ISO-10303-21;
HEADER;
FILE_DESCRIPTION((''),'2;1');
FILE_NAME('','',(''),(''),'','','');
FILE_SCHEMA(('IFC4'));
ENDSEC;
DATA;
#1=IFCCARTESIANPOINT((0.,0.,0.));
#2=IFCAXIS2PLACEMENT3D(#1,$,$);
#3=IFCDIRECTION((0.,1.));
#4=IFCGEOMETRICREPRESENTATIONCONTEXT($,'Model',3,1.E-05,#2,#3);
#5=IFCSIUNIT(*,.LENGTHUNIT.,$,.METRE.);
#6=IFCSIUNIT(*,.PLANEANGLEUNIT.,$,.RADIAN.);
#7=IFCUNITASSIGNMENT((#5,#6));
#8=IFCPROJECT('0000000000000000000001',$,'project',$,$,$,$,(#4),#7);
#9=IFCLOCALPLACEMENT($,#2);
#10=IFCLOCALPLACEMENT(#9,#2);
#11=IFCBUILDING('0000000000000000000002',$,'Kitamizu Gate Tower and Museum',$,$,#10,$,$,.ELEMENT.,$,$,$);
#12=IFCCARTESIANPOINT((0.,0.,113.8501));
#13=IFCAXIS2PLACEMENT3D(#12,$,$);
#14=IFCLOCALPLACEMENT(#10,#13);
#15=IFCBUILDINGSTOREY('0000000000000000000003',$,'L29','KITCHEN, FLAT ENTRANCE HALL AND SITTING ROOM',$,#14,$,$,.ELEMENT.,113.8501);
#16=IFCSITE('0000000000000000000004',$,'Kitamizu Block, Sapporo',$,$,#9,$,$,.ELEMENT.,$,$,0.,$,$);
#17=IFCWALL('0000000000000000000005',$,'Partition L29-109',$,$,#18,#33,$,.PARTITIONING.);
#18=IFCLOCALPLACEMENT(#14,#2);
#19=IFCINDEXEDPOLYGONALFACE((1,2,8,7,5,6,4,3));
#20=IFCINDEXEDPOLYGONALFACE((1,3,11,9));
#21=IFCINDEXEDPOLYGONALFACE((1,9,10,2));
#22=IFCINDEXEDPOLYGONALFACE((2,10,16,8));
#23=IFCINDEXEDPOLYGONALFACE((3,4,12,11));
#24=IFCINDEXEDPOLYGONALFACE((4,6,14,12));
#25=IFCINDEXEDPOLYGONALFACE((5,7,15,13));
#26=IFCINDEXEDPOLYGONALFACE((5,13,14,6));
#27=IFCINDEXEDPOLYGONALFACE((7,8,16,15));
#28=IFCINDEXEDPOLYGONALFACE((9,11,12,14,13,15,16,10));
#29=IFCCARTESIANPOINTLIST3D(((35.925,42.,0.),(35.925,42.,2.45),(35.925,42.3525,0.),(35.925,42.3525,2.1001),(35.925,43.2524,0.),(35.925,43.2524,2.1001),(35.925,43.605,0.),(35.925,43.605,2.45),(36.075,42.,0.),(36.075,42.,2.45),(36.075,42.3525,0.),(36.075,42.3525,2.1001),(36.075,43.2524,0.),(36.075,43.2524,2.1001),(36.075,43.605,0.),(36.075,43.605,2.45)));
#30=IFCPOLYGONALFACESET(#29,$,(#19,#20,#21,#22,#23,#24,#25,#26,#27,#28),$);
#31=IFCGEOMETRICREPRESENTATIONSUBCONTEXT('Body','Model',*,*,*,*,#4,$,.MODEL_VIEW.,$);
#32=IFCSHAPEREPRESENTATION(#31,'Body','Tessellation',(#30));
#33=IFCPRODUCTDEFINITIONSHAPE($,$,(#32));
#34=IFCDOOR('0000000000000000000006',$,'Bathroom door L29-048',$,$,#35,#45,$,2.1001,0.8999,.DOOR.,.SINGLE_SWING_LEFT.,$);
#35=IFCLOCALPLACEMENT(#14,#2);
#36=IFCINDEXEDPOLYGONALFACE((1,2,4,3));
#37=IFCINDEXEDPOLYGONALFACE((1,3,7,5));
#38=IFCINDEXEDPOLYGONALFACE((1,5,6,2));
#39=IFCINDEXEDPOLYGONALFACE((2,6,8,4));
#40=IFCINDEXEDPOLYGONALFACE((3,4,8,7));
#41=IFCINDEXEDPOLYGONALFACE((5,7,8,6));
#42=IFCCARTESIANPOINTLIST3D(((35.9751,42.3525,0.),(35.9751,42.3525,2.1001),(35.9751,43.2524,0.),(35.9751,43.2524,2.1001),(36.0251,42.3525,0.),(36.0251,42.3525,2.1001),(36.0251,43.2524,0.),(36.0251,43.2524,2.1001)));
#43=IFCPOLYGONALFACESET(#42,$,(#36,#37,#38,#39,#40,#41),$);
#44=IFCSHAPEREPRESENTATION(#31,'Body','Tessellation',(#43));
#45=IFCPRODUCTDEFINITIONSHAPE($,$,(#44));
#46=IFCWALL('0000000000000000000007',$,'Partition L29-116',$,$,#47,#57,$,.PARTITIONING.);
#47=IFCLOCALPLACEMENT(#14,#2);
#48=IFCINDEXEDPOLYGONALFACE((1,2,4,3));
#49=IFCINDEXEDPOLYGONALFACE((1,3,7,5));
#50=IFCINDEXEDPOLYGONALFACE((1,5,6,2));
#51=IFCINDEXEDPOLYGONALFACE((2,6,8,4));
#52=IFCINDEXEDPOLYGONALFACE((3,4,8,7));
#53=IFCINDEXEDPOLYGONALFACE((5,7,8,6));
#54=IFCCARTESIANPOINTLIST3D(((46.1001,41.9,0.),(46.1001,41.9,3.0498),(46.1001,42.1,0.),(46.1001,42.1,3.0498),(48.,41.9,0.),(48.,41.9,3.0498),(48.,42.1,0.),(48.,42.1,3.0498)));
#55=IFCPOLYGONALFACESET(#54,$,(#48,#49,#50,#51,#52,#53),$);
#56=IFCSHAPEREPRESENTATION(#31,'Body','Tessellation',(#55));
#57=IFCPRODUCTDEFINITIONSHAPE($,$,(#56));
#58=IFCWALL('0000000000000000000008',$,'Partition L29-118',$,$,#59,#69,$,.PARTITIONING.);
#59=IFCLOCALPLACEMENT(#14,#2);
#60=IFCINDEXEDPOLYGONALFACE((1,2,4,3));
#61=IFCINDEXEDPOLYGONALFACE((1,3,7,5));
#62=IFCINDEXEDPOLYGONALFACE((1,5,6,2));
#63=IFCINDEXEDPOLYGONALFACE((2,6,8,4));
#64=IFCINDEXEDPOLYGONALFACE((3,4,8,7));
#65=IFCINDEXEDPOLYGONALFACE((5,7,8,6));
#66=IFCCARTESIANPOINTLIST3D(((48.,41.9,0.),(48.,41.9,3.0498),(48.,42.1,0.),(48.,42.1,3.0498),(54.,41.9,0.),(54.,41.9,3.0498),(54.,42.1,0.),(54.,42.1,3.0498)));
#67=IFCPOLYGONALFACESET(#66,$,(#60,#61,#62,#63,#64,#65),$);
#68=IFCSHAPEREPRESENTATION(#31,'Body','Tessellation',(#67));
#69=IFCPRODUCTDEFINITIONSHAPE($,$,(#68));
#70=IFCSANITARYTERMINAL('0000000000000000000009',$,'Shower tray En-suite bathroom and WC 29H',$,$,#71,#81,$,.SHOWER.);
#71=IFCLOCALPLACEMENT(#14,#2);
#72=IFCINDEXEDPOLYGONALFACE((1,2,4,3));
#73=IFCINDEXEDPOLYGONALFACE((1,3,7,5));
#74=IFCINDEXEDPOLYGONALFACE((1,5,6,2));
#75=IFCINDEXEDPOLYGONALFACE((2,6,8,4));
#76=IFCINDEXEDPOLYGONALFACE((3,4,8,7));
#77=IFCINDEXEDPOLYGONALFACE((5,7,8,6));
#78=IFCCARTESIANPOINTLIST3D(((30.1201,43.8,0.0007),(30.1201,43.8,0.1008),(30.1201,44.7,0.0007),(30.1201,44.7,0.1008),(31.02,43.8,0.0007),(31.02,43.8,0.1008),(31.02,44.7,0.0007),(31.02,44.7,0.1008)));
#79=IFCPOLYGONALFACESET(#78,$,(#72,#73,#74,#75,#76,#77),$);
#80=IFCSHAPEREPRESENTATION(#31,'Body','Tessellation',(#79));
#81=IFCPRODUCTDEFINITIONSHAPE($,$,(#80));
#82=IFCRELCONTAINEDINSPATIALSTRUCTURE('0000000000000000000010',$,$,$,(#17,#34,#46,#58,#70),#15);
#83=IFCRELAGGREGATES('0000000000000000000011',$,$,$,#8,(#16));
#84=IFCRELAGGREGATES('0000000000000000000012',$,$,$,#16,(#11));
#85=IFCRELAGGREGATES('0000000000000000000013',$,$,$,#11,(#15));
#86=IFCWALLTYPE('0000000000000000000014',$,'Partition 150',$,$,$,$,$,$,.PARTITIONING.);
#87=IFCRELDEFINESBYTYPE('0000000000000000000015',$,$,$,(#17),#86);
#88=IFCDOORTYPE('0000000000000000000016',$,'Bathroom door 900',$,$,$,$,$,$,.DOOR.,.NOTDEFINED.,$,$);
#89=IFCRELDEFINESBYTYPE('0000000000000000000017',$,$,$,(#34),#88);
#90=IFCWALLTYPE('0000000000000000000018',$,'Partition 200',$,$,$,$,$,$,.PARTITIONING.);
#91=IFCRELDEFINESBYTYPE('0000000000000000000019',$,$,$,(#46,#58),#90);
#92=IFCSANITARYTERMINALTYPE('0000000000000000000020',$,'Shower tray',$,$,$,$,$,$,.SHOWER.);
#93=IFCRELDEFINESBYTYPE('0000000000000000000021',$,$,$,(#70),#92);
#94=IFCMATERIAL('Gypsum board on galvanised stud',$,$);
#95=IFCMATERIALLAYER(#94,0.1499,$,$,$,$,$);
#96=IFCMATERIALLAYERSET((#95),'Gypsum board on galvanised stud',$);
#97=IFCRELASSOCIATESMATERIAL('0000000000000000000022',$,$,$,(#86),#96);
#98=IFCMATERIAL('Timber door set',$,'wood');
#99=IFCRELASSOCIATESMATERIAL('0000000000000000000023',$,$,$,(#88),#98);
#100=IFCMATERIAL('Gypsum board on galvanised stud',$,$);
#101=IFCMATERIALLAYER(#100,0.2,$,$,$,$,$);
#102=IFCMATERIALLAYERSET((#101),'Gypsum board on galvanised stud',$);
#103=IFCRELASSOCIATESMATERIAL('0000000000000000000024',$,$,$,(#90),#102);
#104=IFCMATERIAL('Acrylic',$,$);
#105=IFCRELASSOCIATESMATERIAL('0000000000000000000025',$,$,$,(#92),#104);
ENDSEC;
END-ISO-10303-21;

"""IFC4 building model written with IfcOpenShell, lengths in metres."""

from ifc_helpers import new_model, si_unit, direction, frame, frame_2d, origin, origin_2d, place, context, subcontext, project, spatial, rectangle, extrude, material, layer, layer_set, type_object, element, fill, save


model = new_model("IFC4")

# Units and contexts
model_context = context("Model", 3, precision=1e-05, world=origin(), true_north=direction((0.0, 1.0)))
body_context = subcontext(model_context, "Body", "Model", "MODEL_VIEW")
ifc_project = project(units=[si_unit("LENGTHUNIT", "METRE"), si_unit("PLANEANGLEUNIT", "RADIAN")], contexts=[model_context])

# Site, building, storey
site_placement = place(None, origin())
site = spatial("IfcSite", under=ifc_project, at=site_placement, Name="Kitamizu Block, Sapporo", CompositionType="ELEMENT", RefElevation=0.0)
building_placement = place(site_placement, origin())
building = spatial("IfcBuilding", under=site, at=building_placement, Name="Kitamizu Gate Tower and Museum", CompositionType="ELEMENT")
storey_placement = place(building_placement, frame((0.0, 0.0, 113.8501)))
storey = spatial("IfcBuildingStorey", under=building, at=storey_placement, Name="L29", Description="KITCHEN, FLAT ENTRANCE HALL AND SITTING ROOM", CompositionType="ELEMENT", Elevation=113.8501)

# Wall, opening, door
ifc_material_1 = material(Name="Gypsum board on galvanised stud")
ifc_layer_1 = layer(ifc_material_1, 0.1499)
ifc_layer_set_1 = layer_set([ifc_layer_1], Name="Gypsum board on galvanised stud")
wall_type_1 = type_object("IfcWallType", Name="Partition 150", PredefinedType="PARTITIONING", material=ifc_layer_set_1)
ifc_material_2 = material(Name="Timber door set", Category="wood")
door_type_1 = type_object("IfcDoorType", Name="Bathroom door 900", OperationType="NOTDEFINED", PredefinedType="DOOR", material=ifc_material_2)
wall_1_placement = place(storey_placement, frame((36.0, 42.0, 0.0), z_axis=(0.0, 0.0, 1.0), x_axis=(0.0, 1.0, 0.0)))
wall_1 = element("IfcWall", 1, at=wall_1_placement, inside=storey, type_object=wall_type_1, Name="Partition L29-109", PredefinedType="PARTITIONING", context=body_context, shape_type="SweptSolid", body=[
    extrude(rectangle(XDim=1.605, YDim=0.1499, at=frame_2d((0.8025, 0.0))), origin(), (0.0, 0.0, 1.0), 2.45),
])
opening_1_placement = place(wall_1_placement, frame((0.3525, 0.0, 0.0)))
opening_1 = element("IfcOpeningElement", 2, at=opening_1_placement, cuts=wall_1, PredefinedType="OPENING", context=body_context, shape_type="SweptSolid", body=[
    extrude(rectangle(XDim=0.8999, YDim=2.1001, at=frame_2d((0.45, 1.05))), frame((0.0, 0.085, 0.0), z_axis=(0.0, -1.0, 0.0), x_axis=(1.0, 0.0, 0.0)), (0.0, 0.0, 1.0), 0.1699),
])
door_1_placement = place(opening_1_placement, origin())
door_1 = element("IfcDoor", 3, at=door_1_placement, inside=storey, type_object=door_type_1, Name="Bathroom door L29-048", OperationType="SINGLE_SWING_LEFT", OverallHeight=2.1001, OverallWidth=0.8999, PredefinedType="DOOR", context=body_context, shape_type="SweptSolid", body=[
    extrude(rectangle(XDim=0.8999, YDim=2.1001, at=frame_2d((0.45, 1.05))), frame((0.0, 0.0249, 0.0), z_axis=(0.0, -1.0, 0.0), x_axis=(1.0, 0.0, 0.0)), (0.0, 0.0, 1.0), 0.05),
])
fill(opening_1, door_1)

# Walls
ifc_material_3 = material(Name="Gypsum board on galvanised stud")
ifc_layer_2 = layer(ifc_material_3, 0.2)
ifc_layer_set_2 = layer_set([ifc_layer_2], Name="Gypsum board on galvanised stud")
wall_type_2 = type_object("IfcWallType", Name="Partition 200", PredefinedType="PARTITIONING", material=ifc_layer_set_2)
wall_2_placement = place(storey_placement, frame((46.1001, 42.0, 0.0), z_axis=(0.0, 0.0, 1.0), x_axis=(1.0, 0.0, 0.0)))
element("IfcWall", 4, at=wall_2_placement, inside=storey, type_object=wall_type_2, Name="Partition L29-116", PredefinedType="PARTITIONING", context=body_context, shape_type="SweptSolid", body=[
    extrude(rectangle(XDim=1.8999, YDim=0.2, at=frame_2d((0.95, 0.0))), origin(), (0.0, 0.0, 1.0), 3.0498),
])
wall_3_placement = place(storey_placement, frame((48.0, 42.0, 0.0), z_axis=(0.0, 0.0, 1.0), x_axis=(1.0, 0.0, 0.0)))
element("IfcWall", 5, at=wall_3_placement, inside=storey, type_object=wall_type_2, Name="Partition L29-118", PredefinedType="PARTITIONING", context=body_context, shape_type="SweptSolid", body=[
    extrude(rectangle(XDim=6.0, YDim=0.2, at=frame_2d((3.0, 0.0))), origin(), (0.0, 0.0, 1.0), 3.0498),
])

# Sanitary terminal
ifc_material_4 = material(Name="Acrylic")
sanitary_terminal_type = type_object("IfcSanitaryTerminalType", Name="Shower tray", PredefinedType="SHOWER", material=ifc_material_4)
sanitary_terminal_placement = place(storey_placement, frame((30.5701, 44.25, 0.0007), z_axis=(0.0, 0.0, 1.0), x_axis=(1.0, 0.0, 0.0)))
element("IfcSanitaryTerminal", 6, at=sanitary_terminal_placement, inside=storey, type_object=sanitary_terminal_type, Name="Shower tray En-suite bathroom and WC 29H", PredefinedType="SHOWER", context=body_context, shape_type="SweptSolid", body=[
    extrude(rectangle(XDim=0.8999, YDim=0.8999, at=origin_2d()), origin(), (0.0, 0.0, 1.0), 0.1001),
])

save(model, "model.ifc")
